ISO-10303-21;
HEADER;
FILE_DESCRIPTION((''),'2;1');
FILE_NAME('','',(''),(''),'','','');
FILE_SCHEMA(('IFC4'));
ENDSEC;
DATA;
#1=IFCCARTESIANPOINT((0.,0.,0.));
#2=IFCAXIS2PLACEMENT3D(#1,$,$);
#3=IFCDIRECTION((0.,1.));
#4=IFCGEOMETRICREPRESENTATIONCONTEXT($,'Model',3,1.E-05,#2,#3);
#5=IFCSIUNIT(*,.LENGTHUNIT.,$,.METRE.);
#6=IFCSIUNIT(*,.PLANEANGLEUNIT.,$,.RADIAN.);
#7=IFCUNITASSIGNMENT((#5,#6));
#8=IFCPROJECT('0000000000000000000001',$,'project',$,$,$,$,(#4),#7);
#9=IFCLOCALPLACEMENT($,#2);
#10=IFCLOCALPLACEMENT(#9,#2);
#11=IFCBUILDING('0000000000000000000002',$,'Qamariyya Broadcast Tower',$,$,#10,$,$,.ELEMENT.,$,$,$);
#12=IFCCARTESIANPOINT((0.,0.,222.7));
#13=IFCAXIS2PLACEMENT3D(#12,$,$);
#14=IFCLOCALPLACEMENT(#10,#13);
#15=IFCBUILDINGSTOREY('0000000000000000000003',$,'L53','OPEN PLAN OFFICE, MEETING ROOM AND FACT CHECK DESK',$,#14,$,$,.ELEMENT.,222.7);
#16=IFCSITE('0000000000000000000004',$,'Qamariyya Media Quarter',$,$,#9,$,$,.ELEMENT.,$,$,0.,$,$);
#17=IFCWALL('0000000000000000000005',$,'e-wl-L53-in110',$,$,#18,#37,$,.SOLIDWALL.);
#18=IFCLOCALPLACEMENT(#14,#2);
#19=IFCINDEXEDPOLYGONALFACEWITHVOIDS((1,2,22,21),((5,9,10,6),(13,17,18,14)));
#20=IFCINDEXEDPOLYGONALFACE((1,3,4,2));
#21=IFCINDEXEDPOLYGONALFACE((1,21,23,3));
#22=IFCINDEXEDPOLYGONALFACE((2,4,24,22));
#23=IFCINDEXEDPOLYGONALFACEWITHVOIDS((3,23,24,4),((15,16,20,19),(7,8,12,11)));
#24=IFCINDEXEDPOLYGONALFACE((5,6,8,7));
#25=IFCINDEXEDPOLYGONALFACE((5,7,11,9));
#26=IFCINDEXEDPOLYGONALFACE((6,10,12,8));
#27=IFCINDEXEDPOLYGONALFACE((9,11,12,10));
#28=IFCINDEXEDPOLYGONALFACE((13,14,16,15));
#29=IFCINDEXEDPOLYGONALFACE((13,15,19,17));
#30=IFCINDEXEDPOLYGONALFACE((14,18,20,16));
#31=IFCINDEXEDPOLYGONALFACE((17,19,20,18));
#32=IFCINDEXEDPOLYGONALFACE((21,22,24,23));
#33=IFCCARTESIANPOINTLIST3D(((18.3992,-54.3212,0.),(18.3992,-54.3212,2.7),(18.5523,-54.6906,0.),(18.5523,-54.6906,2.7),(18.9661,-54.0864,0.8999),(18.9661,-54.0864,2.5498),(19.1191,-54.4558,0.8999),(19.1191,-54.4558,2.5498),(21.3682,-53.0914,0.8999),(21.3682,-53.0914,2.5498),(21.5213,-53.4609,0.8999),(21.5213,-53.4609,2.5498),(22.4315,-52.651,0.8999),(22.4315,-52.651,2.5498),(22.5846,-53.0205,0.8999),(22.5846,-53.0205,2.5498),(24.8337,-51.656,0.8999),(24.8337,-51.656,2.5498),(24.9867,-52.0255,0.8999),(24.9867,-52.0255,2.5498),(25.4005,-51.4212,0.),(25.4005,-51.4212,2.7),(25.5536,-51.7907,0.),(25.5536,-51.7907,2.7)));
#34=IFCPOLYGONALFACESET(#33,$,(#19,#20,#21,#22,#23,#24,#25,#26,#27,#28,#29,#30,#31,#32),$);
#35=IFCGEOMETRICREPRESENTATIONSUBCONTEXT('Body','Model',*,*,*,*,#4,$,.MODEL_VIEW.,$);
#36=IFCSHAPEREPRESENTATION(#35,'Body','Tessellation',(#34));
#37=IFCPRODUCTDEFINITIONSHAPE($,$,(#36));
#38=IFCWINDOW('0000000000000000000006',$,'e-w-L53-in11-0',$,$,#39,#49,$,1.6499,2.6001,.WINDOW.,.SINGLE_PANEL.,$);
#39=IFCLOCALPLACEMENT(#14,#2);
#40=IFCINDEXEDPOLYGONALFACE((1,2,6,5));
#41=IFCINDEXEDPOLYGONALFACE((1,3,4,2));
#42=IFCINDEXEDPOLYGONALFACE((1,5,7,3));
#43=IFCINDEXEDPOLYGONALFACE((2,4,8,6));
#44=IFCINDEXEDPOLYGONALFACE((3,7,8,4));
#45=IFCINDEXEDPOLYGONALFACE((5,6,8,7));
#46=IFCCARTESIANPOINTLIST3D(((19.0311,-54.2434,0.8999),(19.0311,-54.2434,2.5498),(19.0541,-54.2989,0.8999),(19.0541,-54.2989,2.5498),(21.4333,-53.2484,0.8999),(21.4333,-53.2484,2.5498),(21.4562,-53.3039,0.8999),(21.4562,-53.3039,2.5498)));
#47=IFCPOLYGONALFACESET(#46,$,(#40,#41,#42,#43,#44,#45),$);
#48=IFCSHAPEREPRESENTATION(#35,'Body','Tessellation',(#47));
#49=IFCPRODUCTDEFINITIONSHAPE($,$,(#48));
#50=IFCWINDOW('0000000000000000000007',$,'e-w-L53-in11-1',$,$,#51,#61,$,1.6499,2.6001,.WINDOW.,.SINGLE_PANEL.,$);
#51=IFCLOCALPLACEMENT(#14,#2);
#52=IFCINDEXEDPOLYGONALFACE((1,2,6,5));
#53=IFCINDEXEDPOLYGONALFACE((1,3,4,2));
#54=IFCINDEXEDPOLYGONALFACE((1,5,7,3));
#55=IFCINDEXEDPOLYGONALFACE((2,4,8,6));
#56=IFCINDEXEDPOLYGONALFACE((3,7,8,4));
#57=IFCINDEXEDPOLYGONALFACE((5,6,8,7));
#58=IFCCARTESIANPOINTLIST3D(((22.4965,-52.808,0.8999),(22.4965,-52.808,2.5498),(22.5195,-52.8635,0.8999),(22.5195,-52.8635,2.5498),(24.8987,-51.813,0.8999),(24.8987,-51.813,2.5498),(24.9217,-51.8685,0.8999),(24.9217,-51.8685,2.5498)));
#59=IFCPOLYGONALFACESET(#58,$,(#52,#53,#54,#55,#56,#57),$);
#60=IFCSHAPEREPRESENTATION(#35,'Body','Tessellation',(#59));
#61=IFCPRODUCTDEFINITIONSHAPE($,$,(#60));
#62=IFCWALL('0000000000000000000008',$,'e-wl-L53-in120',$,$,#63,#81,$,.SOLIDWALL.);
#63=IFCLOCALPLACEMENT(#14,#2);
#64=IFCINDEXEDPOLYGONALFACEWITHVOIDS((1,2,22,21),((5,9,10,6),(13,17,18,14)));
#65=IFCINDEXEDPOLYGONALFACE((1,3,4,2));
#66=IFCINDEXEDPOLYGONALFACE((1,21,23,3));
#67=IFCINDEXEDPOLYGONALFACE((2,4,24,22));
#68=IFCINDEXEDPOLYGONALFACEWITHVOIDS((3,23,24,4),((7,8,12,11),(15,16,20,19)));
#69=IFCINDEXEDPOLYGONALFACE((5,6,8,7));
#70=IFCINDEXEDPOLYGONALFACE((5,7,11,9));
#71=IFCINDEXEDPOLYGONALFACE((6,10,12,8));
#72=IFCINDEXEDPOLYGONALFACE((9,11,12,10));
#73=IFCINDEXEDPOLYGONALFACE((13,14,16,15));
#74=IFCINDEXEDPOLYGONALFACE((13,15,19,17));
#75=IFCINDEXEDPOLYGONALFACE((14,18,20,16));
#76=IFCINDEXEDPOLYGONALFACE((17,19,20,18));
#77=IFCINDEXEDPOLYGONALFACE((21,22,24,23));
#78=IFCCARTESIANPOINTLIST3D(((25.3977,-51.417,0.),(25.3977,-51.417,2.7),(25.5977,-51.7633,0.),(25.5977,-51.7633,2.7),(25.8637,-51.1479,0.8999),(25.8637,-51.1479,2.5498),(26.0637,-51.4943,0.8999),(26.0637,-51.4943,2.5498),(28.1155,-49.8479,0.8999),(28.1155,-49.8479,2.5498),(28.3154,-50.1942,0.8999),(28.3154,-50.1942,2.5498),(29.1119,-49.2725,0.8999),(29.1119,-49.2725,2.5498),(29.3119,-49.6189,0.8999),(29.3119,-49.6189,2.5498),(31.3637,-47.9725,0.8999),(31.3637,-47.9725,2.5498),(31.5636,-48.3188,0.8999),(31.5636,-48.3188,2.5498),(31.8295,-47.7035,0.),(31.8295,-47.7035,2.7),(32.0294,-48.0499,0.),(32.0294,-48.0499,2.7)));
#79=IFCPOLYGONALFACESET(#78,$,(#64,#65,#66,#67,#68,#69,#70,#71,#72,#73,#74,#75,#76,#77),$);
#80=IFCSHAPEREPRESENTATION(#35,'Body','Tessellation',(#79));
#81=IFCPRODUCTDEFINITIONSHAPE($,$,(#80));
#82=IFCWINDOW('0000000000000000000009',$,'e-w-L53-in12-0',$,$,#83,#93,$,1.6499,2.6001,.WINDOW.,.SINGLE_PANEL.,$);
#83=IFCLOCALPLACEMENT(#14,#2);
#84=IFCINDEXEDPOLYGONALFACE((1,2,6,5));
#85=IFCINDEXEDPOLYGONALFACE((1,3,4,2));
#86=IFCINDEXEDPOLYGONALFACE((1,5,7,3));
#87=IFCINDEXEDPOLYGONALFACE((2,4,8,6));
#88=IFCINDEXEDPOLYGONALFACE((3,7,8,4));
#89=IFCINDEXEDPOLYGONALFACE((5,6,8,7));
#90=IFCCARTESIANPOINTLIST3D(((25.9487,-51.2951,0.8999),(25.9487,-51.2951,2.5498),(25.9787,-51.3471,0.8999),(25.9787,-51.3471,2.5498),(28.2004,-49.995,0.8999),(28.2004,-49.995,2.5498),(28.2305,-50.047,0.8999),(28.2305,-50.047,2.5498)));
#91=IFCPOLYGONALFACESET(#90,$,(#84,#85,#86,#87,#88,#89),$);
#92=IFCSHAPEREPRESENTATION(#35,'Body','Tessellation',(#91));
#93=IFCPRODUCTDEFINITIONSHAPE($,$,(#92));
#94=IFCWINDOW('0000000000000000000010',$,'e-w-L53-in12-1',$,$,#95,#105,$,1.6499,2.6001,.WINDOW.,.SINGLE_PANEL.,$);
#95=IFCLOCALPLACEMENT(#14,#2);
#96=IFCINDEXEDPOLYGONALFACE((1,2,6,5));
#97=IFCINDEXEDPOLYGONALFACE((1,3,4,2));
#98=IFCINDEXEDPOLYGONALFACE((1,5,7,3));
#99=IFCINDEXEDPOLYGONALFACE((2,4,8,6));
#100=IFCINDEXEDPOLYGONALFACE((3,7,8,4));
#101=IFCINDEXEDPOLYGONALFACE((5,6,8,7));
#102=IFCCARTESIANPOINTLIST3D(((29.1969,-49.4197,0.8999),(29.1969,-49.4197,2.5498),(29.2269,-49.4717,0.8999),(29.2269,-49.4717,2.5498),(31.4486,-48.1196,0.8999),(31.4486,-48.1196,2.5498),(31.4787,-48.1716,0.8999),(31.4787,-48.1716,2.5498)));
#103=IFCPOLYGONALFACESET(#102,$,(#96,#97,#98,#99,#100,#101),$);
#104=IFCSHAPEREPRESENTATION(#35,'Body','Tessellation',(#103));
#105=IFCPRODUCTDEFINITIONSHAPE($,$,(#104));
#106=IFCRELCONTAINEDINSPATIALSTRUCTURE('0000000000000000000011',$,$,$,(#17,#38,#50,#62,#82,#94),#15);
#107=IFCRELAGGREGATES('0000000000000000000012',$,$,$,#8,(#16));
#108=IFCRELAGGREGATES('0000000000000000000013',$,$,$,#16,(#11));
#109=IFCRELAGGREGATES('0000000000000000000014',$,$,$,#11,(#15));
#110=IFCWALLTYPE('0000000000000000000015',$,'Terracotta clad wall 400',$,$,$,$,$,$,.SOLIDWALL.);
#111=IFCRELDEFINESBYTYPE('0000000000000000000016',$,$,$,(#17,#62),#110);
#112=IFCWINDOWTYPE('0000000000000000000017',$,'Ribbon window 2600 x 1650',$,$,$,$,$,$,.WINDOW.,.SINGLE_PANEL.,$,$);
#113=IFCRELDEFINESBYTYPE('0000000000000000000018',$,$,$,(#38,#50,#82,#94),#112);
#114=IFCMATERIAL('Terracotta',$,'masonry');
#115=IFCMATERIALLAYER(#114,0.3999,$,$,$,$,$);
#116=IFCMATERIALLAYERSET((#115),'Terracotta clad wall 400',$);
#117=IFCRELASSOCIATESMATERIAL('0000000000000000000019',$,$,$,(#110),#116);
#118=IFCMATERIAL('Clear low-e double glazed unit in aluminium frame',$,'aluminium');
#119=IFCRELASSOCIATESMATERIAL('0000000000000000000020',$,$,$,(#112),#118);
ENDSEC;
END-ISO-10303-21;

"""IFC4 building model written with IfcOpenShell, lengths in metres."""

from ifc_helpers import new_model, si_unit, direction, frame, frame_2d, origin, place, context, subcontext, project, spatial, rectangle, extrude, material, layer, layer_set, type_object, element, fill, save


model = new_model("IFC4")

# Units and contexts
model_context = context("Model", 3, precision=1e-05, world=origin(), true_north=direction((0.0, 1.0)))
body_context = subcontext(model_context, "Body", "Model", "MODEL_VIEW")
ifc_project = project(units=[si_unit("LENGTHUNIT", "METRE"), si_unit("PLANEANGLEUNIT", "RADIAN")], contexts=[model_context])

# Site, building, storey
site_placement = place(None, origin())
site = spatial("IfcSite", under=ifc_project, at=site_placement, Name="Qamariyya Media Quarter", CompositionType="ELEMENT", RefElevation=0.0)
building_placement = place(site_placement, origin())
building = spatial("IfcBuilding", under=site, at=building_placement, Name="Qamariyya Broadcast Tower", CompositionType="ELEMENT")
storey_placement = place(building_placement, frame((0.0, 0.0, 222.7)))
storey = spatial("IfcBuildingStorey", under=building, at=storey_placement, Name="L53", Description="OPEN PLAN OFFICE, MEETING ROOM AND FACT CHECK DESK", CompositionType="ELEMENT", Elevation=222.7)

# Walls, openings, windows
ifc_material_1 = material(Name="Terracotta", Category="masonry")
ifc_layer = layer(ifc_material_1, 0.3999)
ifc_layer_set = layer_set([ifc_layer], Name="Terracotta clad wall 400")
wall_type = type_object("IfcWallType", Name="Terracotta clad wall 400", PredefinedType="SOLIDWALL", material=ifc_layer_set)
wall_1_placement = place(storey_placement, frame((25.4771, -51.606, 0.0), z_axis=(0.0, 0.0, 1.0), x_axis=(-0.923884, -0.382672, 0.0)))
wall_1 = element("IfcWall", 1, at=wall_1_placement, inside=storey, type_object=wall_type, Name="e-wl-L53-in110", PredefinedType="SOLIDWALL", context=body_context, shape_type="SweptSolid", body=[
    extrude(rectangle(XDim=7.5781, YDim=0.3999, at=frame_2d((3.7891, 0.0))), origin(), (0.0, 0.0, 1.0), 2.7),
])
opening_1_placement = place(wall_1_placement, frame((4.3645, 0.0, 0.8999)))
opening_1 = element("IfcOpeningElement", 2, at=opening_1_placement, cuts=wall_1, PredefinedType="OPENING", context=body_context, shape_type="SweptSolid", body=[
    extrude(rectangle(XDim=2.6001, YDim=1.6499, at=frame_2d((1.3, 0.825))), frame((0.0, 0.21, 0.0), z_axis=(0.0, -1.0, 0.0), x_axis=(1.0, 0.0, 0.0)), (0.0, 0.0, 1.0), 0.4199),
])
opening_2_placement = place(wall_1_placement, frame((0.6135, 0.0, 0.8999)))
opening_2 = element("IfcOpeningElement", 3, at=opening_2_placement, cuts=wall_1, PredefinedType="OPENING", context=body_context, shape_type="SweptSolid", body=[
    extrude(rectangle(XDim=2.6001, YDim=1.6499, at=frame_2d((1.3, 0.825))), frame((0.0, 0.21, 0.0), z_axis=(0.0, -1.0, 0.0), x_axis=(1.0, 0.0, 0.0)), (0.0, 0.0, 1.0), 0.4199),
])
ifc_material_2 = material(Name="Clear low-e double glazed unit in aluminium frame", Category="aluminium")
window_type = type_object("IfcWindowType", Name="Ribbon window 2600 x 1650", PartitioningType="SINGLE_PANEL", PredefinedType="WINDOW", material=ifc_material_2)
window_1_placement = place(opening_1_placement, origin())
window_1 = element("IfcWindow", 4, at=window_1_placement, inside=storey, type_object=window_type, Name="e-w-L53-in11-0", OverallHeight=1.6499, OverallWidth=2.6001, PartitioningType="SINGLE_PANEL", PredefinedType="WINDOW", context=body_context, shape_type="SweptSolid", body=[
    extrude(rectangle(XDim=2.6001, YDim=1.6499, at=frame_2d((1.3, 0.825))), frame((0.0, 0.03, 0.0), z_axis=(0.0, -1.0, 0.0), x_axis=(1.0, 0.0, 0.0)), (0.0, 0.0, 1.0), 0.0601),
])
fill(opening_1, window_1)
window_2_placement = place(opening_2_placement, origin())
window_2 = element("IfcWindow", 5, at=window_2_placement, inside=storey, type_object=window_type, Name="e-w-L53-in11-1", OverallHeight=1.6499, OverallWidth=2.6001, PartitioningType="SINGLE_PANEL", PredefinedType="WINDOW", context=body_context, shape_type="SweptSolid", body=[
    extrude(rectangle(XDim=2.6001, YDim=1.6499, at=frame_2d((1.3, 0.825))), frame((0.0, 0.03, 0.0), z_axis=(0.0, -1.0, 0.0), x_axis=(1.0, 0.0, 0.0)), (0.0, 0.0, 1.0), 0.0601),
])
fill(opening_2, window_2)
wall_2_placement = place(storey_placement, frame((31.9294, -47.8767, 0.0), z_axis=(0.0, 0.0, 1.0), x_axis=(-0.866021, -0.500007, 0.0)))
wall_2 = element("IfcWall", 6, at=wall_2_placement, inside=storey, type_object=wall_type, Name="e-wl-L53-in120", PredefinedType="SOLIDWALL", context=body_context, shape_type="SweptSolid", body=[
    extrude(rectangle(XDim=7.4268, YDim=0.3999, at=frame_2d((3.7134, 0.0))), origin(), (0.0, 0.0, 1.0), 2.7),
])
opening_3_placement = place(wall_2_placement, frame((4.2886, 0.0, 0.8999)))
opening_3 = element("IfcOpeningElement", 7, at=opening_3_placement, cuts=wall_2, PredefinedType="OPENING", context=body_context, shape_type="SweptSolid", body=[
    extrude(rectangle(XDim=2.6001, YDim=1.6499, at=frame_2d((1.3, 0.825))), frame((0.0, 0.21, 0.0), z_axis=(0.0, -1.0, 0.0), x_axis=(1.0, 0.0, 0.0)), (0.0, 0.0, 1.0), 0.4199),
])
opening_4_placement = place(wall_2_placement, frame((0.5378, 0.0, 0.8999)))
opening_4 = element("IfcOpeningElement", 8, at=opening_4_placement, cuts=wall_2, PredefinedType="OPENING", context=body_context, shape_type="SweptSolid", body=[
    extrude(rectangle(XDim=2.6001, YDim=1.6499, at=frame_2d((1.3, 0.825))), frame((0.0, 0.21, 0.0), z_axis=(0.0, -1.0, 0.0), x_axis=(1.0, 0.0, 0.0)), (0.0, 0.0, 1.0), 0.4199),
])
window_3_placement = place(opening_3_placement, origin())
window_3 = element("IfcWindow", 9, at=window_3_placement, inside=storey, type_object=window_type, Name="e-w-L53-in12-0", OverallHeight=1.6499, OverallWidth=2.6001, PartitioningType="SINGLE_PANEL", PredefinedType="WINDOW", context=body_context, shape_type="SweptSolid", body=[
    extrude(rectangle(XDim=2.6001, YDim=1.6499, at=frame_2d((1.3, 0.825))), frame((0.0, 0.03, 0.0), z_axis=(0.0, -1.0, 0.0), x_axis=(1.0, 0.0, 0.0)), (0.0, 0.0, 1.0), 0.0601),
])
fill(opening_3, window_3)
window_4_placement = place(opening_4_placement, origin())
window_4 = element("IfcWindow", 10, at=window_4_placement, inside=storey, type_object=window_type, Name="e-w-L53-in12-1", OverallHeight=1.6499, OverallWidth=2.6001, PartitioningType="SINGLE_PANEL", PredefinedType="WINDOW", context=body_context, shape_type="SweptSolid", body=[
    extrude(rectangle(XDim=2.6001, YDim=1.6499, at=frame_2d((1.3, 0.825))), frame((0.0, 0.03, 0.0), z_axis=(0.0, -1.0, 0.0), x_axis=(1.0, 0.0, 0.0)), (0.0, 0.0, 1.0), 0.0601),
])
fill(opening_4, window_4)

save(model, "model.ifc")
